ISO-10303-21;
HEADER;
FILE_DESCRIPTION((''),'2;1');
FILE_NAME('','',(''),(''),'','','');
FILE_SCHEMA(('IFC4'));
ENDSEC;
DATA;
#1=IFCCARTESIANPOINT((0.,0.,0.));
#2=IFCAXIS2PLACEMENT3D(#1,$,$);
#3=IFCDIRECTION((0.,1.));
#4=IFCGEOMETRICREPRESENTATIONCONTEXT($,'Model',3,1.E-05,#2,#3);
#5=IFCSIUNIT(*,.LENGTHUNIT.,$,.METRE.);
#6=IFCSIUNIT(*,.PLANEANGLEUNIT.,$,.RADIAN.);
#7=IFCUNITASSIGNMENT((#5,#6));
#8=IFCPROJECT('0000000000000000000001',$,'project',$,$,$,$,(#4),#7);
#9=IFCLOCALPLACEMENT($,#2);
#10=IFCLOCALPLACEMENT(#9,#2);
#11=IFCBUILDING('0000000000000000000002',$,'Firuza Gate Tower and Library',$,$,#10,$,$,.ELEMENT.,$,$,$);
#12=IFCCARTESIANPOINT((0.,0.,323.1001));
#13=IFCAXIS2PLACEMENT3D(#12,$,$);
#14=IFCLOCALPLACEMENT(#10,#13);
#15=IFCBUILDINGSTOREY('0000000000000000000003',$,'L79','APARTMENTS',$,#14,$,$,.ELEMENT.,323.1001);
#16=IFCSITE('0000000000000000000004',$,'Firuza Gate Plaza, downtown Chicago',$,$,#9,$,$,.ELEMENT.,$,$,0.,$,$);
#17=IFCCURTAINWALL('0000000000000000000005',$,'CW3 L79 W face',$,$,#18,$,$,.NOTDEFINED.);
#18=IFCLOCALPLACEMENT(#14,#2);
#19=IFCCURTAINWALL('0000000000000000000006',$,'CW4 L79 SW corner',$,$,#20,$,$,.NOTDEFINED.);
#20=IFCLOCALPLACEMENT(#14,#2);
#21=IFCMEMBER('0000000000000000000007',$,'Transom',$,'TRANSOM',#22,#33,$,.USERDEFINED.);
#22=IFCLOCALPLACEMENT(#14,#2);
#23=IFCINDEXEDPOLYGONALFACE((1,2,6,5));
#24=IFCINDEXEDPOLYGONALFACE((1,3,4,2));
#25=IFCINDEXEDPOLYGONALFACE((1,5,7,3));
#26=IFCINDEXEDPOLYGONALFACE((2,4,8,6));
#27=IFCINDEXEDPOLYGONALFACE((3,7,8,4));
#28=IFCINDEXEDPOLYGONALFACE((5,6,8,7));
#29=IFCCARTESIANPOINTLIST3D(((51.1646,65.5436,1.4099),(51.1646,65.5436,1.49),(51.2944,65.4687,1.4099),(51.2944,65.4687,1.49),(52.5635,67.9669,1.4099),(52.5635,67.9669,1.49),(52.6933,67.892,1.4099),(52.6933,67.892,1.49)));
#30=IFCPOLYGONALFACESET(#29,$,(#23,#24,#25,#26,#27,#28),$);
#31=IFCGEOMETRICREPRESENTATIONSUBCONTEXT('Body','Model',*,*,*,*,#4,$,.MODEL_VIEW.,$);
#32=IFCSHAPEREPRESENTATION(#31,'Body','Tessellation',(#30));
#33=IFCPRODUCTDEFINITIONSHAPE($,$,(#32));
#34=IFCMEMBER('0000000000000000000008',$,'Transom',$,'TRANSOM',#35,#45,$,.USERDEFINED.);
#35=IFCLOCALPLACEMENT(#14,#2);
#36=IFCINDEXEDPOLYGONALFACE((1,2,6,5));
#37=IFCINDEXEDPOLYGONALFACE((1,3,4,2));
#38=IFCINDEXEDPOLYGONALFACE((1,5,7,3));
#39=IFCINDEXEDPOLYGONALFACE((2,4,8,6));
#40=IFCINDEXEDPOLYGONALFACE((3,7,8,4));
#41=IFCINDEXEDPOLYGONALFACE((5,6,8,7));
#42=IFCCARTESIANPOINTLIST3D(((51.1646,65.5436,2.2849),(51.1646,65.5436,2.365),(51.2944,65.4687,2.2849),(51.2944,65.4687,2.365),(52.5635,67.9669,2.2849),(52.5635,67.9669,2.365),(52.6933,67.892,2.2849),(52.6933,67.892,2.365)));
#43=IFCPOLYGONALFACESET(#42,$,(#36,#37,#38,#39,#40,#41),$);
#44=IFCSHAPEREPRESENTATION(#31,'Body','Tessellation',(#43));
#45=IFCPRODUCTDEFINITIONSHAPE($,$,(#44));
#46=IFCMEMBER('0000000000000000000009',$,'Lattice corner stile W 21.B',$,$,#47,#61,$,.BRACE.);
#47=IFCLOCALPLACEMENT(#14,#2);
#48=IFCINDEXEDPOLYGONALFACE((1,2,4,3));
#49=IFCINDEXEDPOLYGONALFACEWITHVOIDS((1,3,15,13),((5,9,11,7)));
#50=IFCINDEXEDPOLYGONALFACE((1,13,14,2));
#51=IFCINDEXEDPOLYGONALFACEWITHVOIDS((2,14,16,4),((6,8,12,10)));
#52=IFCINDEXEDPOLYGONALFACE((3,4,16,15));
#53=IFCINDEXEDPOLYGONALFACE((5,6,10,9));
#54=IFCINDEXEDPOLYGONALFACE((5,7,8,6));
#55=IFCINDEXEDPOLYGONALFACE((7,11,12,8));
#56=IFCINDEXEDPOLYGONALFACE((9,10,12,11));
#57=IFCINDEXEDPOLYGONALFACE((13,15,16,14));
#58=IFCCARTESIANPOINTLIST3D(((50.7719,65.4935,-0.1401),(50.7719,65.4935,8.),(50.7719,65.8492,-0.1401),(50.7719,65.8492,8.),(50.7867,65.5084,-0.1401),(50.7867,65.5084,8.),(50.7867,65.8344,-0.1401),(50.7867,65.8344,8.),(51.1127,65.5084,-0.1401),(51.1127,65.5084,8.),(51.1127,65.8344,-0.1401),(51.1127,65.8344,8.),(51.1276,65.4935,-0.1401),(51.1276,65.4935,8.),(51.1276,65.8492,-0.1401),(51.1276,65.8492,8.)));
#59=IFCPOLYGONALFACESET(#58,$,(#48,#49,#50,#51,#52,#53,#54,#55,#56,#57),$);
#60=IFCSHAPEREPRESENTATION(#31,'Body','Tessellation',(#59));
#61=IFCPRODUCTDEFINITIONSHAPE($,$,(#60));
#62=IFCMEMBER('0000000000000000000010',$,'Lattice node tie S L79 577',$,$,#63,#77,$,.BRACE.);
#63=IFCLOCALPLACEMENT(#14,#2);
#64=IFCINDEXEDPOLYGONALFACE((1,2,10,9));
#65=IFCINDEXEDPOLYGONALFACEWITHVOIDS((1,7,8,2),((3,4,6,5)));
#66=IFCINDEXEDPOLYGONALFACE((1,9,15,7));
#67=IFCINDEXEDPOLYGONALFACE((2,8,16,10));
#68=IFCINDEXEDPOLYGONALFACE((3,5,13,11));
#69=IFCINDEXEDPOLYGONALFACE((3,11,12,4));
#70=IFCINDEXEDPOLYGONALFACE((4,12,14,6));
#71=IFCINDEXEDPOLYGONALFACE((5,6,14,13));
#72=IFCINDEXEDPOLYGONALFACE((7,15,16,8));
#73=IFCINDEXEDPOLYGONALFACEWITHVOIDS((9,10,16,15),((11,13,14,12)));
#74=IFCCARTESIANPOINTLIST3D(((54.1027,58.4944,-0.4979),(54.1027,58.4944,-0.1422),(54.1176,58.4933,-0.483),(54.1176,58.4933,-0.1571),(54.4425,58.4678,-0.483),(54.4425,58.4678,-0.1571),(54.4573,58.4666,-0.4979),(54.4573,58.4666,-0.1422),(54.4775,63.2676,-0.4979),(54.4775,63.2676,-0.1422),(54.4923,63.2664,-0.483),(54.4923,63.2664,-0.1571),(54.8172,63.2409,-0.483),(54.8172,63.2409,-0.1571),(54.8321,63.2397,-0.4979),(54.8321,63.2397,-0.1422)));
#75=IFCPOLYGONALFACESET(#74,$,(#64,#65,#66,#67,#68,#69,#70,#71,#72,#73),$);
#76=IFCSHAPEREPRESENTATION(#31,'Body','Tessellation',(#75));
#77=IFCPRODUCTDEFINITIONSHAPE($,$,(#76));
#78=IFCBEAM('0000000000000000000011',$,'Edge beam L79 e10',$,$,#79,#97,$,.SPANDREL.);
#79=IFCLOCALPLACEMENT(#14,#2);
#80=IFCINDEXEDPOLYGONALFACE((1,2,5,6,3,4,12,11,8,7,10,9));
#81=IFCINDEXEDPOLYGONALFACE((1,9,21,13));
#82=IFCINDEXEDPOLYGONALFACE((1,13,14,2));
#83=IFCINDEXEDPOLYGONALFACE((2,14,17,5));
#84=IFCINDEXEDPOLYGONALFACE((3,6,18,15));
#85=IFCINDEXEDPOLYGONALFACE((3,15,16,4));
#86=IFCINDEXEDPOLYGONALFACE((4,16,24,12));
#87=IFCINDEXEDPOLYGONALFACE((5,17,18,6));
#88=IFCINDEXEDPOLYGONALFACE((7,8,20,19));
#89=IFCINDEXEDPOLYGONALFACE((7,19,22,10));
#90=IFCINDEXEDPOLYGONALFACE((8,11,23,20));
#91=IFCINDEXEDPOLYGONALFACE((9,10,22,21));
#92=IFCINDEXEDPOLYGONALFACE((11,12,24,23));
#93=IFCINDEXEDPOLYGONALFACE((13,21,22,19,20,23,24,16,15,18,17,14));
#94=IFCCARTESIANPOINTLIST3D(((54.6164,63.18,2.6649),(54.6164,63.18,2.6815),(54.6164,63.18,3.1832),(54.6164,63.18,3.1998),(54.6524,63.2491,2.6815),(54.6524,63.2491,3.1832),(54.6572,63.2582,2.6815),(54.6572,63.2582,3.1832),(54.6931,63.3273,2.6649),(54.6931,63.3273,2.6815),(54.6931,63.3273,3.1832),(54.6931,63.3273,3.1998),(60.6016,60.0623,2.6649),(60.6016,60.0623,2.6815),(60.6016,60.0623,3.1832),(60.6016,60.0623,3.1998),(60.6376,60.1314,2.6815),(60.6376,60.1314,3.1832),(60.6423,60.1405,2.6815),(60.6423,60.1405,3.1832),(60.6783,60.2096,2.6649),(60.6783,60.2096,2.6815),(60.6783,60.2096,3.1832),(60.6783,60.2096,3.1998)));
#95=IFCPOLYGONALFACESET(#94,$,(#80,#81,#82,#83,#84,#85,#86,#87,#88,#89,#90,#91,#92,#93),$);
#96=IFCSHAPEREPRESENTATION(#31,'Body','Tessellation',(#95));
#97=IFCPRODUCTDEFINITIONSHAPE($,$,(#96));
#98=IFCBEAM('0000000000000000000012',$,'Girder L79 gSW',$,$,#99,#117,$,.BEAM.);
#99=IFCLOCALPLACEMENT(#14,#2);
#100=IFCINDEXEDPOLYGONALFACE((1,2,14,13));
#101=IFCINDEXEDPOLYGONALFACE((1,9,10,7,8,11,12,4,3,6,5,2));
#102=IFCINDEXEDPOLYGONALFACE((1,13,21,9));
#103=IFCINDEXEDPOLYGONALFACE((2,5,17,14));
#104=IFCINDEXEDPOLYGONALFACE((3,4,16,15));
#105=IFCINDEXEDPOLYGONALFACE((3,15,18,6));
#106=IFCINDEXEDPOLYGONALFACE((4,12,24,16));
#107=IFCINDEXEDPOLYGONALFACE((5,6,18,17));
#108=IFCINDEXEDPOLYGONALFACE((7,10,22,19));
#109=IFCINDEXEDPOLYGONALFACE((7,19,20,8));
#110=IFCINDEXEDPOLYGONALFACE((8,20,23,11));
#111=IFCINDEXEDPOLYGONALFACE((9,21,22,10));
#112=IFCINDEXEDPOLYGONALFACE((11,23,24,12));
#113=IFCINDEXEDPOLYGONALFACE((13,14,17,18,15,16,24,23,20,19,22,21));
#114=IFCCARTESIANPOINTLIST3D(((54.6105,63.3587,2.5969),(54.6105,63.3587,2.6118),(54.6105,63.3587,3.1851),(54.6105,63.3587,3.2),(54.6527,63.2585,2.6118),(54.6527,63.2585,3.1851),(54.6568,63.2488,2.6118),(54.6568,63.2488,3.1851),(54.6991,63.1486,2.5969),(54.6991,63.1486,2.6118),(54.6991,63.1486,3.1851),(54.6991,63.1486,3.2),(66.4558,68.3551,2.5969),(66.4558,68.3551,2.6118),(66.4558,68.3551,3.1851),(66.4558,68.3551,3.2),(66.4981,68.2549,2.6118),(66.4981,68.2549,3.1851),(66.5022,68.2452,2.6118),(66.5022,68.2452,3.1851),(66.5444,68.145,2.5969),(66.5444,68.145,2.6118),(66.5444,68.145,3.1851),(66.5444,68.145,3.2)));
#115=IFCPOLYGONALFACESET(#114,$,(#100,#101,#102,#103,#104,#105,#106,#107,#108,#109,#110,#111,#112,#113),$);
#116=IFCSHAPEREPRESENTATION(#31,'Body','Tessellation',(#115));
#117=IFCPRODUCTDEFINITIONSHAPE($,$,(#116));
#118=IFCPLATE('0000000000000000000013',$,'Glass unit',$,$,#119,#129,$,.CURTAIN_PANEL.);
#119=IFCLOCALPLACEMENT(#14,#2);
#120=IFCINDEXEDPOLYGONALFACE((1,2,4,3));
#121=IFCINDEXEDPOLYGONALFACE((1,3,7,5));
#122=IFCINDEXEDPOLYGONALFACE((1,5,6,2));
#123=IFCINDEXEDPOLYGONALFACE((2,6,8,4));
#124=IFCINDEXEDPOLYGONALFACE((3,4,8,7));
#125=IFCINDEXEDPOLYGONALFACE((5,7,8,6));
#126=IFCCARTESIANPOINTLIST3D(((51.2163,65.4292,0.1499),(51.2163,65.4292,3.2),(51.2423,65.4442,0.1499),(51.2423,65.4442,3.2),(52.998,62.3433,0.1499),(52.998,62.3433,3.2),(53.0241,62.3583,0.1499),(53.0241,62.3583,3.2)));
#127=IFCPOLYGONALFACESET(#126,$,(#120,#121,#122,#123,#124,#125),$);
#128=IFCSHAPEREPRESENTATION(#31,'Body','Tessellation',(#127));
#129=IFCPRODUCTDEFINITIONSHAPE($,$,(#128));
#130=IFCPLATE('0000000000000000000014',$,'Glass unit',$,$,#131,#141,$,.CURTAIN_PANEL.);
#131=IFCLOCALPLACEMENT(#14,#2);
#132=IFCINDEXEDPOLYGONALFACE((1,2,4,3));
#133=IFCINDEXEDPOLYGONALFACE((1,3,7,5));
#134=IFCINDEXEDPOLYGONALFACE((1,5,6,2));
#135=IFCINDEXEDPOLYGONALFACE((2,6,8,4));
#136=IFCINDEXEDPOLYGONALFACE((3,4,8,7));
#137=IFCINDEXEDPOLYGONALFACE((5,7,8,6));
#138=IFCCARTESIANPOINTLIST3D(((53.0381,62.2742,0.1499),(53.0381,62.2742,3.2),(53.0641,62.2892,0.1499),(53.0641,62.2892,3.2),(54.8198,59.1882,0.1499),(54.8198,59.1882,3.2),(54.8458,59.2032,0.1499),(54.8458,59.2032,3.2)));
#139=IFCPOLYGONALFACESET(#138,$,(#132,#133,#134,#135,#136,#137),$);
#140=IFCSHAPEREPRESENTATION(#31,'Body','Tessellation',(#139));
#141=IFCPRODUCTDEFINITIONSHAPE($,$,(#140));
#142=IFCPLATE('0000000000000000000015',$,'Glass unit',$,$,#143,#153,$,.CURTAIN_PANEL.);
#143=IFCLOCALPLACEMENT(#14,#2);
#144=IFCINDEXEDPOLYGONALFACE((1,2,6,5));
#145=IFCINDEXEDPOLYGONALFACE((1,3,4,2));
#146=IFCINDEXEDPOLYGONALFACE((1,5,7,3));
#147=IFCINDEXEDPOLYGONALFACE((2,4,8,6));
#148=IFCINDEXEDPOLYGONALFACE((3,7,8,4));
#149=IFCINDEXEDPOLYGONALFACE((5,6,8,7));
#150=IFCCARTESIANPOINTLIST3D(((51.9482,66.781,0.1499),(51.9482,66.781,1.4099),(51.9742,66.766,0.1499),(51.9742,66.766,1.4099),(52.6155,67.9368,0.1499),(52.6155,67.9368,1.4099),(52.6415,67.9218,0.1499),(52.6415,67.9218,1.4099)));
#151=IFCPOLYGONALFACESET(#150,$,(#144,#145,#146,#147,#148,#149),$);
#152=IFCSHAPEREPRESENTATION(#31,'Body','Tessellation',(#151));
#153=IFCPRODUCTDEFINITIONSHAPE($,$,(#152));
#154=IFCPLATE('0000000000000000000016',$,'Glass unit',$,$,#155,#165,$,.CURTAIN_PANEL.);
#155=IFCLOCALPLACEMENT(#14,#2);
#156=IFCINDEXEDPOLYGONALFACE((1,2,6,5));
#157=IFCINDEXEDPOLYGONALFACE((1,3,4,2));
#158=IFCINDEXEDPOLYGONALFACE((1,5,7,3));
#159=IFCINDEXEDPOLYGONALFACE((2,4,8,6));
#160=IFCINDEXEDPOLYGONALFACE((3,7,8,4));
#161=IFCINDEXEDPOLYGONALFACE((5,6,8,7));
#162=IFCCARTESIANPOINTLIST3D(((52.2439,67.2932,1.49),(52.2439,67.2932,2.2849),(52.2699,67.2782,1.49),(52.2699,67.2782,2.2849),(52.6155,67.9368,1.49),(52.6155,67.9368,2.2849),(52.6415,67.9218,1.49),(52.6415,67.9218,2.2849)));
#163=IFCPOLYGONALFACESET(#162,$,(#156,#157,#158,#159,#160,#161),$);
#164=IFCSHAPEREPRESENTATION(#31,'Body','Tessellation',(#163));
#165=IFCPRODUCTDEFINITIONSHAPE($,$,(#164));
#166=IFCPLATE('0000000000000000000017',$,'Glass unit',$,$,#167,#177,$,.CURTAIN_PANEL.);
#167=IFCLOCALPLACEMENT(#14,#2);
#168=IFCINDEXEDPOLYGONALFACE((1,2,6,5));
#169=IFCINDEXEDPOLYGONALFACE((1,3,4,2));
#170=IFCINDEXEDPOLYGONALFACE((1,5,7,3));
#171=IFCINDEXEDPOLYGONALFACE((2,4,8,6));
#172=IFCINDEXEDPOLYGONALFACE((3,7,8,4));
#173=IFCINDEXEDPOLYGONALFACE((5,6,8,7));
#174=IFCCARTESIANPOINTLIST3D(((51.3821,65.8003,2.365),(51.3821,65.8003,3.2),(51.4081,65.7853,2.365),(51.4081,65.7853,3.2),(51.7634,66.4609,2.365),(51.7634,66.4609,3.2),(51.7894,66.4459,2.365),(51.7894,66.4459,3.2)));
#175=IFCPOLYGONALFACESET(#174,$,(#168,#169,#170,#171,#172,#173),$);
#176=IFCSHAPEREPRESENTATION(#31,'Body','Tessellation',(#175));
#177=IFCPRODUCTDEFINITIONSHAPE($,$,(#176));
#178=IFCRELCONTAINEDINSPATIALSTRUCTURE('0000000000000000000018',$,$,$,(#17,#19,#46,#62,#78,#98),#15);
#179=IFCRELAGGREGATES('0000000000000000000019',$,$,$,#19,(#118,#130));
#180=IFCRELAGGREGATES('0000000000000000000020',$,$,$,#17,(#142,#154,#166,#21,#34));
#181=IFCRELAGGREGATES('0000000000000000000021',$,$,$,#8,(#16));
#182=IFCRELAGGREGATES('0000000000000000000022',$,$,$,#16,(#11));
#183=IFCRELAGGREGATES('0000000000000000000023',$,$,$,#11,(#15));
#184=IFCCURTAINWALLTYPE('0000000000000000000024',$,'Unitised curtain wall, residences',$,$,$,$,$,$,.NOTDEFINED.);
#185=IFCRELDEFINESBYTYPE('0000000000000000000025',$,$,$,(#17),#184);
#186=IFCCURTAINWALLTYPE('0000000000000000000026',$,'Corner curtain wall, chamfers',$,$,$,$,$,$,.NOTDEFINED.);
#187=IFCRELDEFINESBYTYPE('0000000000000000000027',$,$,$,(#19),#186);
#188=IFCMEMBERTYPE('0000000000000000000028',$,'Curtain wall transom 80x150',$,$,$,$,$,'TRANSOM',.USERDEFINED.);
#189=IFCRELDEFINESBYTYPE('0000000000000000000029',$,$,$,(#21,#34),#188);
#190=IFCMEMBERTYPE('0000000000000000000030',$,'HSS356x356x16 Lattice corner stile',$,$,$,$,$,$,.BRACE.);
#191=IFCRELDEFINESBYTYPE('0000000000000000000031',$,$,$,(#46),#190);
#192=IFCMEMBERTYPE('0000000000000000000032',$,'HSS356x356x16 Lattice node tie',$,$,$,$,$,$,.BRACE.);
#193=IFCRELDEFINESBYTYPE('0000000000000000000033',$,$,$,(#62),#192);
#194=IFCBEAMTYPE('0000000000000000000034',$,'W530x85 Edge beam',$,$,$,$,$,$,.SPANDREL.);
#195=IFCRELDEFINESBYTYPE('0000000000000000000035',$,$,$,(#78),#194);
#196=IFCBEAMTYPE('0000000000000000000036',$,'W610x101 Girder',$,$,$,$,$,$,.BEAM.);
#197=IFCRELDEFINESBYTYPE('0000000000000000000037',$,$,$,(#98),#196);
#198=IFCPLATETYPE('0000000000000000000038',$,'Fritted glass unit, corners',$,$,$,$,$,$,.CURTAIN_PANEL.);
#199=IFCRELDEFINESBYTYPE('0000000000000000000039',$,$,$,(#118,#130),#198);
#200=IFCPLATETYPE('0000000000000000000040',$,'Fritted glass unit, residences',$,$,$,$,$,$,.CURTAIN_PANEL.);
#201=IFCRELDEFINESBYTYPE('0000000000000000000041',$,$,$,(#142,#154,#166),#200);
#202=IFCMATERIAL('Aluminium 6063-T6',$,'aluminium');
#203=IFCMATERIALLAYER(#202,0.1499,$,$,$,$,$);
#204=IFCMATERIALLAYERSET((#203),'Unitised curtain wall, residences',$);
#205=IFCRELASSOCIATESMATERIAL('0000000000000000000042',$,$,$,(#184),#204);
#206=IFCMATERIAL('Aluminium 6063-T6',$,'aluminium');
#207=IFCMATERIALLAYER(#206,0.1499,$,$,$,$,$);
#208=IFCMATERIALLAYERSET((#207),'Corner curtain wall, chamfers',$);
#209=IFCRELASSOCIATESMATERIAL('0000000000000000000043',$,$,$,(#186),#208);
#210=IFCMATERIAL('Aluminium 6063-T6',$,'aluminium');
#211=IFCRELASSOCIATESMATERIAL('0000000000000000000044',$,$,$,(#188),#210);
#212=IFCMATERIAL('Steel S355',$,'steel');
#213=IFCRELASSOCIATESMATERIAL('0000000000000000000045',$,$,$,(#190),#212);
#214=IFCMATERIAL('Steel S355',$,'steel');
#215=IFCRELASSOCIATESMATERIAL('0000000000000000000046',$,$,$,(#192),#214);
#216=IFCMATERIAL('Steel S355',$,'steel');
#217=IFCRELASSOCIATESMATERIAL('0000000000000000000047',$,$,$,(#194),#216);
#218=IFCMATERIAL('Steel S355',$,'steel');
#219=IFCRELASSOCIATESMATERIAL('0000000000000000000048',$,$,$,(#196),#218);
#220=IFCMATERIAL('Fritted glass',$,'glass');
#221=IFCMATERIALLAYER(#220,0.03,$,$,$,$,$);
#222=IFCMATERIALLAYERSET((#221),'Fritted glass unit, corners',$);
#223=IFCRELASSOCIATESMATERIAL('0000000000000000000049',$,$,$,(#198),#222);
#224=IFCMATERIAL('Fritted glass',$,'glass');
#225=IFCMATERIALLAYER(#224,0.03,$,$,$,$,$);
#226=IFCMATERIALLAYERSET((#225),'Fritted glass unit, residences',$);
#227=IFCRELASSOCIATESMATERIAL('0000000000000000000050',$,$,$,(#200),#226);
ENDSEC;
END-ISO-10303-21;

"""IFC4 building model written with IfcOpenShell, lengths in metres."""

from ifc_helpers import new_model, si_unit, direction, frame, origin, origin_2d, place, context, subcontext, project, spatial, polyline, rectangle, hollow_rectangle, i_section, outline, extrude, material, layer, layer_set, material_profile, profile_set, type_object, element, aggregate, save


model = new_model("IFC4")

# Units and contexts
model_context = context("Model", 3, precision=1e-05, world=origin(), true_north=direction((0.0, 1.0)))
body_context = subcontext(model_context, "Body", "Model", "MODEL_VIEW")
ifc_project = project(units=[si_unit("LENGTHUNIT", "METRE"), si_unit("PLANEANGLEUNIT", "RADIAN")], contexts=[model_context])

# Site, building, storey
site_placement = place(None, origin())
site = spatial("IfcSite", under=ifc_project, at=site_placement, Name="Firuza Gate Plaza, downtown Chicago", CompositionType="ELEMENT", RefElevation=0.0)
building_placement = place(site_placement, origin())
building = spatial("IfcBuilding", under=site, at=building_placement, Name="Firuza Gate Tower and Library", CompositionType="ELEMENT")
storey_placement = place(building_placement, frame((0.0, 0.0, 323.1001)))
storey = spatial("IfcBuildingStorey", under=building, at=storey_placement, Name="L79", Description="APARTMENTS", CompositionType="ELEMENT", Elevation=323.1001)

# Curtain walls
ifc_material_1 = material(Name="Aluminium 6063-T6", Category="aluminium")
ifc_layer_1 = layer(ifc_material_1, 0.1499)
ifc_layer_set_1 = layer_set([ifc_layer_1], Name="Unitised curtain wall, residences")
curtain_wall_type_1 = type_object("IfcCurtainWallType", Name="Unitised curtain wall, residences", PredefinedType="NOTDEFINED", material=ifc_layer_set_1)
placement = place(storey_placement, origin())
curtain_wall_1 = element("IfcCurtainWall", 1, at=placement, inside=storey, type_object=curtain_wall_type_1, Name="CW3 L79 W face", PredefinedType="NOTDEFINED")
ifc_material_2 = material(Name="Aluminium 6063-T6", Category="aluminium")
ifc_layer_2 = layer(ifc_material_2, 0.1499)
ifc_layer_set_2 = layer_set([ifc_layer_2], Name="Corner curtain wall, chamfers")
curtain_wall_type_2 = type_object("IfcCurtainWallType", Name="Corner curtain wall, chamfers", PredefinedType="NOTDEFINED", material=ifc_layer_set_2)
curtain_wall_2 = element("IfcCurtainWall", 2, at=placement, inside=storey, type_object=curtain_wall_type_2, Name="CW4 L79 SW corner", PredefinedType="NOTDEFINED")

# Members
ifc_material_3 = material(Name="Aluminium 6063-T6", Category="aluminium")
ifc_material_profile_1 = material_profile(ifc_material_3, rectangle(XDim=0.1499, YDim=0.0801, at=origin_2d()))
ifc_profile_set_1 = profile_set([ifc_material_profile_1], Name="Aluminium 6063-T6")
member_type_1 = type_object("IfcMemberType", Name="Curtain wall transom 80x150", ElementType="TRANSOM", PredefinedType="USERDEFINED", material=ifc_profile_set_1)
member_1_placement = place(storey_placement, frame((52.6284, 67.9294, 1.45), z_axis=(-0.499949, -0.866055, 0.0), x_axis=(0.866055, -0.499949, 0.0)))
member_1 = element("IfcMember", 3, at=member_1_placement, type_object=member_type_1, Name="Transom", ObjectType="TRANSOM", PredefinedType="USERDEFINED", context=body_context, shape_type="SweptSolid", body=[
    extrude(rectangle(XDim=0.1499, YDim=0.0801, at=origin_2d()), origin(), (0.0, 0.0, 1.0), 2.7981),
])
member_2_placement = place(storey_placement, frame((52.6284, 67.9294, 2.325), z_axis=(-0.499949, -0.866055, 0.0), x_axis=(0.866055, -0.499949, 0.0)))
member_2 = element("IfcMember", 4, at=member_2_placement, type_object=member_type_1, Name="Transom", ObjectType="TRANSOM", PredefinedType="USERDEFINED", context=body_context, shape_type="SweptSolid", body=[
    extrude(rectangle(XDim=0.1499, YDim=0.0801, at=origin_2d()), origin(), (0.0, 0.0, 1.0), 2.7981),
])

# Members
ifc_material_4 = material(Name="Steel S355", Category="steel")
ifc_material_profile_2 = material_profile(ifc_material_4, hollow_rectangle(XDim=0.3557, YDim=0.3557, WallThickness=0.0149, at=origin_2d()))
ifc_profile_set_2 = profile_set([ifc_material_profile_2], Name="Steel S355")
member_type_2 = type_object("IfcMemberType", Name="HSS356x356x16 Lattice corner stile", PredefinedType="BRACE", material=ifc_profile_set_2)
member_3_placement = place(storey_placement, frame((50.9497, 65.6714, -0.1401), z_axis=(0.0, 0.0, 1.0), x_axis=(1.0, 0.0, 0.0)))
element("IfcMember", 5, at=member_3_placement, inside=storey, type_object=member_type_2, Name="Lattice corner stile W 21.B", PredefinedType="BRACE", context=body_context, shape_type="SweptSolid", body=[
    extrude(hollow_rectangle(XDim=0.3557, YDim=0.3557, WallThickness=0.0149, at=origin_2d()), origin(), (0.0, 0.0, 1.0), 8.1401),
])
ifc_material_5 = material(Name="Steel S355", Category="steel")
ifc_material_profile_3 = material_profile(ifc_material_5, hollow_rectangle(XDim=0.3557, YDim=0.3557, WallThickness=0.0149, at=origin_2d()))
ifc_profile_set_3 = profile_set([ifc_material_profile_3], Name="Steel S355")
member_type_3 = type_object("IfcMemberType", Name="HSS356x356x16 Lattice node tie", PredefinedType="BRACE", material=ifc_profile_set_3)
member_4_placement = place(storey_placement, frame((54.6548, 63.2537, -0.3201), z_axis=(-0.078272, -0.996932, 0.0), x_axis=(0.996932, -0.078272, 0.0)))
element("IfcMember", 6, at=member_4_placement, inside=storey, type_object=member_type_3, Name="Lattice node tie S L79 577", PredefinedType="BRACE", context=body_context, shape_type="SweptSolid", body=[
    extrude(hollow_rectangle(XDim=0.3557, YDim=0.3557, WallThickness=0.0149, at=origin_2d()), origin(), (0.0, 0.0, 1.0), 4.7878),
])

# Beams
ifc_material_6 = material(Name="Steel S355", Category="steel")
ifc_material_profile_4 = material_profile(ifc_material_6, i_section(OverallWidth=0.166, OverallDepth=0.5349, WebThickness=0.0103, FlangeThickness=0.0166, at=origin_2d()))
ifc_profile_set_4 = profile_set([ifc_material_profile_4], Name="Steel S355")
beam_type_1 = type_object("IfcBeamType", Name="W530x85 Edge beam", PredefinedType="SPANDREL", material=ifc_profile_set_4)
beam_1_placement = place(storey_placement, frame((54.6548, 63.2537, 2.9324), z_axis=(0.886888, -0.461985, 0.0), x_axis=(0.461985, 0.886888, 0.0)))
element("IfcBeam", 7, at=beam_1_placement, inside=storey, type_object=beam_type_1, Name="Edge beam L79 e10", PredefinedType="SPANDREL", context=body_context, shape_type="SweptSolid", body=[
    extrude(i_section(OverallWidth=0.166, OverallDepth=0.5349, WebThickness=0.0103, FlangeThickness=0.0166, at=origin_2d()), origin(), (0.0, 0.0, 1.0), 6.7485),
])
ifc_material_7 = material(Name="Steel S355", Category="steel")
ifc_material_profile_5 = material_profile(ifc_material_7, i_section(OverallWidth=0.228, OverallDepth=0.603, WebThickness=0.0105, FlangeThickness=0.0149, at=origin_2d()))
ifc_profile_set_5 = profile_set([ifc_material_profile_5], Name="Steel S355")
beam_type_2 = type_object("IfcBeamType", Name="W610x101 Girder", PredefinedType="BEAM", material=ifc_profile_set_5)
beam_2_placement = place(storey_placement, frame((54.6548, 63.2537, 2.8984), z_axis=(0.921388, 0.388644, 0.0), x_axis=(-0.388644, 0.921388, 0.0)))
element("IfcBeam", 8, at=beam_2_placement, inside=storey, type_object=beam_type_2, Name="Girder L79 gSW", PredefinedType="BEAM", context=body_context, shape_type="SweptSolid", body=[
    extrude(i_section(OverallWidth=0.228, OverallDepth=0.603, WebThickness=0.0105, FlangeThickness=0.0149, at=origin_2d()), origin(), (0.0, 0.0, 1.0), 12.856),
])

# Plates
ifc_material_8 = material(Name="Fritted glass", Category="glass")
ifc_layer_3 = layer(ifc_material_8, 0.03)
ifc_layer_set_3 = layer_set([ifc_layer_3], Name="Fritted glass unit, corners")
plate_type_1 = type_object("IfcPlateType", Name="Fritted glass unit, corners", PredefinedType="CURTAIN_PANEL", material=ifc_layer_set_3)
plate_1_placement = place(storey_placement, frame((51.2163, 65.4292, 0.1499), z_axis=(-0.866017, -0.500015, 0.0), x_axis=(0.500015, -0.866017, 0.0)))
plate_1 = element("IfcPlate", 9, at=plate_1_placement, type_object=plate_type_1, Name="Glass unit", PredefinedType="CURTAIN_PANEL", context=body_context, shape_type="SweptSolid", body=[
    extrude(outline(polyline([(0.0, 0.0), (3.5634, 0.0), (3.5634, 3.05), (0.0, 3.05), (0.0, 0.0)])), origin(), (0.0, 0.0, -1.0), 0.03),
])
plate_2_placement = place(storey_placement, frame((53.0381, 62.2742, 0.1499), z_axis=(-0.866017, -0.500015, 0.0), x_axis=(0.500015, -0.866017, 0.0)))
plate_2 = element("IfcPlate", 10, at=plate_2_placement, type_object=plate_type_1, Name="Glass unit", PredefinedType="CURTAIN_PANEL", context=body_context, shape_type="SweptSolid", body=[
    extrude(outline(polyline([(0.0, 0.0), (3.5634, 0.0), (3.5634, 3.05), (0.0, 3.05), (0.0, 0.0)])), origin(), (0.0, 0.0, -1.0), 0.03),
])
aggregate(curtain_wall_2, [plate_1, plate_2])
ifc_material_9 = material(Name="Fritted glass", Category="glass")
ifc_layer_4 = layer(ifc_material_9, 0.03)
ifc_layer_set_4 = layer_set([ifc_layer_4], Name="Fritted glass unit, residences")
plate_type_2 = type_object("IfcPlateType", Name="Fritted glass unit, residences", PredefinedType="CURTAIN_PANEL", material=ifc_layer_set_4)
plate_3_placement = place(storey_placement, frame((52.6155, 67.9368, 0.1499), z_axis=(-0.866039, 0.499976, 0.0), x_axis=(-0.499976, -0.866039, 0.0)))
plate_3 = element("IfcPlate", 11, at=plate_3_placement, type_object=plate_type_2, Name="Glass unit", PredefinedType="CURTAIN_PANEL", context=body_context, shape_type="SweptSolid", body=[
    extrude(outline(polyline([(0.0, 0.0), (1.3345, 0.0), (1.3345, 1.26), (0.0, 1.26), (0.0, 0.0)])), origin(), (0.0, 0.0, -1.0), 0.03),
])
plate_4_placement = place(storey_placement, frame((52.6155, 67.9368, 1.49), z_axis=(-0.866011, 0.500026, 0.0), x_axis=(-0.500026, -0.866011, 0.0)))
plate_4 = element("IfcPlate", 12, at=plate_4_placement, type_object=plate_type_2, Name="Glass unit", PredefinedType="CURTAIN_PANEL", context=body_context, shape_type="SweptSolid", body=[
    extrude(outline(polyline([(0.0, 0.0), (0.7431, 0.0), (0.7431, 0.7949), (0.0, 0.7949), (0.0, 0.0)])), origin(), (0.0, 0.0, -1.0), 0.03),
])
plate_5_placement = place(storey_placement, frame((51.7634, 66.4609, 2.365), z_axis=(-0.866068, 0.499926, 0.0), x_axis=(-0.499926, -0.866068, 0.0)))
plate_5 = element("IfcPlate", 13, at=plate_5_placement, type_object=plate_type_2, Name="Glass unit", PredefinedType="CURTAIN_PANEL", context=body_context, shape_type="SweptSolid", body=[
    extrude(outline(polyline([(0.0, 0.0), (0.7628, 0.0), (0.7628, 0.835), (0.0, 0.835), (0.0, 0.0)])), origin(), (0.0, 0.0, -1.0), 0.03),
])
aggregate(curtain_wall_1, [plate_3, plate_4, plate_5, member_1, member_2])

save(model, "model.ifc")
